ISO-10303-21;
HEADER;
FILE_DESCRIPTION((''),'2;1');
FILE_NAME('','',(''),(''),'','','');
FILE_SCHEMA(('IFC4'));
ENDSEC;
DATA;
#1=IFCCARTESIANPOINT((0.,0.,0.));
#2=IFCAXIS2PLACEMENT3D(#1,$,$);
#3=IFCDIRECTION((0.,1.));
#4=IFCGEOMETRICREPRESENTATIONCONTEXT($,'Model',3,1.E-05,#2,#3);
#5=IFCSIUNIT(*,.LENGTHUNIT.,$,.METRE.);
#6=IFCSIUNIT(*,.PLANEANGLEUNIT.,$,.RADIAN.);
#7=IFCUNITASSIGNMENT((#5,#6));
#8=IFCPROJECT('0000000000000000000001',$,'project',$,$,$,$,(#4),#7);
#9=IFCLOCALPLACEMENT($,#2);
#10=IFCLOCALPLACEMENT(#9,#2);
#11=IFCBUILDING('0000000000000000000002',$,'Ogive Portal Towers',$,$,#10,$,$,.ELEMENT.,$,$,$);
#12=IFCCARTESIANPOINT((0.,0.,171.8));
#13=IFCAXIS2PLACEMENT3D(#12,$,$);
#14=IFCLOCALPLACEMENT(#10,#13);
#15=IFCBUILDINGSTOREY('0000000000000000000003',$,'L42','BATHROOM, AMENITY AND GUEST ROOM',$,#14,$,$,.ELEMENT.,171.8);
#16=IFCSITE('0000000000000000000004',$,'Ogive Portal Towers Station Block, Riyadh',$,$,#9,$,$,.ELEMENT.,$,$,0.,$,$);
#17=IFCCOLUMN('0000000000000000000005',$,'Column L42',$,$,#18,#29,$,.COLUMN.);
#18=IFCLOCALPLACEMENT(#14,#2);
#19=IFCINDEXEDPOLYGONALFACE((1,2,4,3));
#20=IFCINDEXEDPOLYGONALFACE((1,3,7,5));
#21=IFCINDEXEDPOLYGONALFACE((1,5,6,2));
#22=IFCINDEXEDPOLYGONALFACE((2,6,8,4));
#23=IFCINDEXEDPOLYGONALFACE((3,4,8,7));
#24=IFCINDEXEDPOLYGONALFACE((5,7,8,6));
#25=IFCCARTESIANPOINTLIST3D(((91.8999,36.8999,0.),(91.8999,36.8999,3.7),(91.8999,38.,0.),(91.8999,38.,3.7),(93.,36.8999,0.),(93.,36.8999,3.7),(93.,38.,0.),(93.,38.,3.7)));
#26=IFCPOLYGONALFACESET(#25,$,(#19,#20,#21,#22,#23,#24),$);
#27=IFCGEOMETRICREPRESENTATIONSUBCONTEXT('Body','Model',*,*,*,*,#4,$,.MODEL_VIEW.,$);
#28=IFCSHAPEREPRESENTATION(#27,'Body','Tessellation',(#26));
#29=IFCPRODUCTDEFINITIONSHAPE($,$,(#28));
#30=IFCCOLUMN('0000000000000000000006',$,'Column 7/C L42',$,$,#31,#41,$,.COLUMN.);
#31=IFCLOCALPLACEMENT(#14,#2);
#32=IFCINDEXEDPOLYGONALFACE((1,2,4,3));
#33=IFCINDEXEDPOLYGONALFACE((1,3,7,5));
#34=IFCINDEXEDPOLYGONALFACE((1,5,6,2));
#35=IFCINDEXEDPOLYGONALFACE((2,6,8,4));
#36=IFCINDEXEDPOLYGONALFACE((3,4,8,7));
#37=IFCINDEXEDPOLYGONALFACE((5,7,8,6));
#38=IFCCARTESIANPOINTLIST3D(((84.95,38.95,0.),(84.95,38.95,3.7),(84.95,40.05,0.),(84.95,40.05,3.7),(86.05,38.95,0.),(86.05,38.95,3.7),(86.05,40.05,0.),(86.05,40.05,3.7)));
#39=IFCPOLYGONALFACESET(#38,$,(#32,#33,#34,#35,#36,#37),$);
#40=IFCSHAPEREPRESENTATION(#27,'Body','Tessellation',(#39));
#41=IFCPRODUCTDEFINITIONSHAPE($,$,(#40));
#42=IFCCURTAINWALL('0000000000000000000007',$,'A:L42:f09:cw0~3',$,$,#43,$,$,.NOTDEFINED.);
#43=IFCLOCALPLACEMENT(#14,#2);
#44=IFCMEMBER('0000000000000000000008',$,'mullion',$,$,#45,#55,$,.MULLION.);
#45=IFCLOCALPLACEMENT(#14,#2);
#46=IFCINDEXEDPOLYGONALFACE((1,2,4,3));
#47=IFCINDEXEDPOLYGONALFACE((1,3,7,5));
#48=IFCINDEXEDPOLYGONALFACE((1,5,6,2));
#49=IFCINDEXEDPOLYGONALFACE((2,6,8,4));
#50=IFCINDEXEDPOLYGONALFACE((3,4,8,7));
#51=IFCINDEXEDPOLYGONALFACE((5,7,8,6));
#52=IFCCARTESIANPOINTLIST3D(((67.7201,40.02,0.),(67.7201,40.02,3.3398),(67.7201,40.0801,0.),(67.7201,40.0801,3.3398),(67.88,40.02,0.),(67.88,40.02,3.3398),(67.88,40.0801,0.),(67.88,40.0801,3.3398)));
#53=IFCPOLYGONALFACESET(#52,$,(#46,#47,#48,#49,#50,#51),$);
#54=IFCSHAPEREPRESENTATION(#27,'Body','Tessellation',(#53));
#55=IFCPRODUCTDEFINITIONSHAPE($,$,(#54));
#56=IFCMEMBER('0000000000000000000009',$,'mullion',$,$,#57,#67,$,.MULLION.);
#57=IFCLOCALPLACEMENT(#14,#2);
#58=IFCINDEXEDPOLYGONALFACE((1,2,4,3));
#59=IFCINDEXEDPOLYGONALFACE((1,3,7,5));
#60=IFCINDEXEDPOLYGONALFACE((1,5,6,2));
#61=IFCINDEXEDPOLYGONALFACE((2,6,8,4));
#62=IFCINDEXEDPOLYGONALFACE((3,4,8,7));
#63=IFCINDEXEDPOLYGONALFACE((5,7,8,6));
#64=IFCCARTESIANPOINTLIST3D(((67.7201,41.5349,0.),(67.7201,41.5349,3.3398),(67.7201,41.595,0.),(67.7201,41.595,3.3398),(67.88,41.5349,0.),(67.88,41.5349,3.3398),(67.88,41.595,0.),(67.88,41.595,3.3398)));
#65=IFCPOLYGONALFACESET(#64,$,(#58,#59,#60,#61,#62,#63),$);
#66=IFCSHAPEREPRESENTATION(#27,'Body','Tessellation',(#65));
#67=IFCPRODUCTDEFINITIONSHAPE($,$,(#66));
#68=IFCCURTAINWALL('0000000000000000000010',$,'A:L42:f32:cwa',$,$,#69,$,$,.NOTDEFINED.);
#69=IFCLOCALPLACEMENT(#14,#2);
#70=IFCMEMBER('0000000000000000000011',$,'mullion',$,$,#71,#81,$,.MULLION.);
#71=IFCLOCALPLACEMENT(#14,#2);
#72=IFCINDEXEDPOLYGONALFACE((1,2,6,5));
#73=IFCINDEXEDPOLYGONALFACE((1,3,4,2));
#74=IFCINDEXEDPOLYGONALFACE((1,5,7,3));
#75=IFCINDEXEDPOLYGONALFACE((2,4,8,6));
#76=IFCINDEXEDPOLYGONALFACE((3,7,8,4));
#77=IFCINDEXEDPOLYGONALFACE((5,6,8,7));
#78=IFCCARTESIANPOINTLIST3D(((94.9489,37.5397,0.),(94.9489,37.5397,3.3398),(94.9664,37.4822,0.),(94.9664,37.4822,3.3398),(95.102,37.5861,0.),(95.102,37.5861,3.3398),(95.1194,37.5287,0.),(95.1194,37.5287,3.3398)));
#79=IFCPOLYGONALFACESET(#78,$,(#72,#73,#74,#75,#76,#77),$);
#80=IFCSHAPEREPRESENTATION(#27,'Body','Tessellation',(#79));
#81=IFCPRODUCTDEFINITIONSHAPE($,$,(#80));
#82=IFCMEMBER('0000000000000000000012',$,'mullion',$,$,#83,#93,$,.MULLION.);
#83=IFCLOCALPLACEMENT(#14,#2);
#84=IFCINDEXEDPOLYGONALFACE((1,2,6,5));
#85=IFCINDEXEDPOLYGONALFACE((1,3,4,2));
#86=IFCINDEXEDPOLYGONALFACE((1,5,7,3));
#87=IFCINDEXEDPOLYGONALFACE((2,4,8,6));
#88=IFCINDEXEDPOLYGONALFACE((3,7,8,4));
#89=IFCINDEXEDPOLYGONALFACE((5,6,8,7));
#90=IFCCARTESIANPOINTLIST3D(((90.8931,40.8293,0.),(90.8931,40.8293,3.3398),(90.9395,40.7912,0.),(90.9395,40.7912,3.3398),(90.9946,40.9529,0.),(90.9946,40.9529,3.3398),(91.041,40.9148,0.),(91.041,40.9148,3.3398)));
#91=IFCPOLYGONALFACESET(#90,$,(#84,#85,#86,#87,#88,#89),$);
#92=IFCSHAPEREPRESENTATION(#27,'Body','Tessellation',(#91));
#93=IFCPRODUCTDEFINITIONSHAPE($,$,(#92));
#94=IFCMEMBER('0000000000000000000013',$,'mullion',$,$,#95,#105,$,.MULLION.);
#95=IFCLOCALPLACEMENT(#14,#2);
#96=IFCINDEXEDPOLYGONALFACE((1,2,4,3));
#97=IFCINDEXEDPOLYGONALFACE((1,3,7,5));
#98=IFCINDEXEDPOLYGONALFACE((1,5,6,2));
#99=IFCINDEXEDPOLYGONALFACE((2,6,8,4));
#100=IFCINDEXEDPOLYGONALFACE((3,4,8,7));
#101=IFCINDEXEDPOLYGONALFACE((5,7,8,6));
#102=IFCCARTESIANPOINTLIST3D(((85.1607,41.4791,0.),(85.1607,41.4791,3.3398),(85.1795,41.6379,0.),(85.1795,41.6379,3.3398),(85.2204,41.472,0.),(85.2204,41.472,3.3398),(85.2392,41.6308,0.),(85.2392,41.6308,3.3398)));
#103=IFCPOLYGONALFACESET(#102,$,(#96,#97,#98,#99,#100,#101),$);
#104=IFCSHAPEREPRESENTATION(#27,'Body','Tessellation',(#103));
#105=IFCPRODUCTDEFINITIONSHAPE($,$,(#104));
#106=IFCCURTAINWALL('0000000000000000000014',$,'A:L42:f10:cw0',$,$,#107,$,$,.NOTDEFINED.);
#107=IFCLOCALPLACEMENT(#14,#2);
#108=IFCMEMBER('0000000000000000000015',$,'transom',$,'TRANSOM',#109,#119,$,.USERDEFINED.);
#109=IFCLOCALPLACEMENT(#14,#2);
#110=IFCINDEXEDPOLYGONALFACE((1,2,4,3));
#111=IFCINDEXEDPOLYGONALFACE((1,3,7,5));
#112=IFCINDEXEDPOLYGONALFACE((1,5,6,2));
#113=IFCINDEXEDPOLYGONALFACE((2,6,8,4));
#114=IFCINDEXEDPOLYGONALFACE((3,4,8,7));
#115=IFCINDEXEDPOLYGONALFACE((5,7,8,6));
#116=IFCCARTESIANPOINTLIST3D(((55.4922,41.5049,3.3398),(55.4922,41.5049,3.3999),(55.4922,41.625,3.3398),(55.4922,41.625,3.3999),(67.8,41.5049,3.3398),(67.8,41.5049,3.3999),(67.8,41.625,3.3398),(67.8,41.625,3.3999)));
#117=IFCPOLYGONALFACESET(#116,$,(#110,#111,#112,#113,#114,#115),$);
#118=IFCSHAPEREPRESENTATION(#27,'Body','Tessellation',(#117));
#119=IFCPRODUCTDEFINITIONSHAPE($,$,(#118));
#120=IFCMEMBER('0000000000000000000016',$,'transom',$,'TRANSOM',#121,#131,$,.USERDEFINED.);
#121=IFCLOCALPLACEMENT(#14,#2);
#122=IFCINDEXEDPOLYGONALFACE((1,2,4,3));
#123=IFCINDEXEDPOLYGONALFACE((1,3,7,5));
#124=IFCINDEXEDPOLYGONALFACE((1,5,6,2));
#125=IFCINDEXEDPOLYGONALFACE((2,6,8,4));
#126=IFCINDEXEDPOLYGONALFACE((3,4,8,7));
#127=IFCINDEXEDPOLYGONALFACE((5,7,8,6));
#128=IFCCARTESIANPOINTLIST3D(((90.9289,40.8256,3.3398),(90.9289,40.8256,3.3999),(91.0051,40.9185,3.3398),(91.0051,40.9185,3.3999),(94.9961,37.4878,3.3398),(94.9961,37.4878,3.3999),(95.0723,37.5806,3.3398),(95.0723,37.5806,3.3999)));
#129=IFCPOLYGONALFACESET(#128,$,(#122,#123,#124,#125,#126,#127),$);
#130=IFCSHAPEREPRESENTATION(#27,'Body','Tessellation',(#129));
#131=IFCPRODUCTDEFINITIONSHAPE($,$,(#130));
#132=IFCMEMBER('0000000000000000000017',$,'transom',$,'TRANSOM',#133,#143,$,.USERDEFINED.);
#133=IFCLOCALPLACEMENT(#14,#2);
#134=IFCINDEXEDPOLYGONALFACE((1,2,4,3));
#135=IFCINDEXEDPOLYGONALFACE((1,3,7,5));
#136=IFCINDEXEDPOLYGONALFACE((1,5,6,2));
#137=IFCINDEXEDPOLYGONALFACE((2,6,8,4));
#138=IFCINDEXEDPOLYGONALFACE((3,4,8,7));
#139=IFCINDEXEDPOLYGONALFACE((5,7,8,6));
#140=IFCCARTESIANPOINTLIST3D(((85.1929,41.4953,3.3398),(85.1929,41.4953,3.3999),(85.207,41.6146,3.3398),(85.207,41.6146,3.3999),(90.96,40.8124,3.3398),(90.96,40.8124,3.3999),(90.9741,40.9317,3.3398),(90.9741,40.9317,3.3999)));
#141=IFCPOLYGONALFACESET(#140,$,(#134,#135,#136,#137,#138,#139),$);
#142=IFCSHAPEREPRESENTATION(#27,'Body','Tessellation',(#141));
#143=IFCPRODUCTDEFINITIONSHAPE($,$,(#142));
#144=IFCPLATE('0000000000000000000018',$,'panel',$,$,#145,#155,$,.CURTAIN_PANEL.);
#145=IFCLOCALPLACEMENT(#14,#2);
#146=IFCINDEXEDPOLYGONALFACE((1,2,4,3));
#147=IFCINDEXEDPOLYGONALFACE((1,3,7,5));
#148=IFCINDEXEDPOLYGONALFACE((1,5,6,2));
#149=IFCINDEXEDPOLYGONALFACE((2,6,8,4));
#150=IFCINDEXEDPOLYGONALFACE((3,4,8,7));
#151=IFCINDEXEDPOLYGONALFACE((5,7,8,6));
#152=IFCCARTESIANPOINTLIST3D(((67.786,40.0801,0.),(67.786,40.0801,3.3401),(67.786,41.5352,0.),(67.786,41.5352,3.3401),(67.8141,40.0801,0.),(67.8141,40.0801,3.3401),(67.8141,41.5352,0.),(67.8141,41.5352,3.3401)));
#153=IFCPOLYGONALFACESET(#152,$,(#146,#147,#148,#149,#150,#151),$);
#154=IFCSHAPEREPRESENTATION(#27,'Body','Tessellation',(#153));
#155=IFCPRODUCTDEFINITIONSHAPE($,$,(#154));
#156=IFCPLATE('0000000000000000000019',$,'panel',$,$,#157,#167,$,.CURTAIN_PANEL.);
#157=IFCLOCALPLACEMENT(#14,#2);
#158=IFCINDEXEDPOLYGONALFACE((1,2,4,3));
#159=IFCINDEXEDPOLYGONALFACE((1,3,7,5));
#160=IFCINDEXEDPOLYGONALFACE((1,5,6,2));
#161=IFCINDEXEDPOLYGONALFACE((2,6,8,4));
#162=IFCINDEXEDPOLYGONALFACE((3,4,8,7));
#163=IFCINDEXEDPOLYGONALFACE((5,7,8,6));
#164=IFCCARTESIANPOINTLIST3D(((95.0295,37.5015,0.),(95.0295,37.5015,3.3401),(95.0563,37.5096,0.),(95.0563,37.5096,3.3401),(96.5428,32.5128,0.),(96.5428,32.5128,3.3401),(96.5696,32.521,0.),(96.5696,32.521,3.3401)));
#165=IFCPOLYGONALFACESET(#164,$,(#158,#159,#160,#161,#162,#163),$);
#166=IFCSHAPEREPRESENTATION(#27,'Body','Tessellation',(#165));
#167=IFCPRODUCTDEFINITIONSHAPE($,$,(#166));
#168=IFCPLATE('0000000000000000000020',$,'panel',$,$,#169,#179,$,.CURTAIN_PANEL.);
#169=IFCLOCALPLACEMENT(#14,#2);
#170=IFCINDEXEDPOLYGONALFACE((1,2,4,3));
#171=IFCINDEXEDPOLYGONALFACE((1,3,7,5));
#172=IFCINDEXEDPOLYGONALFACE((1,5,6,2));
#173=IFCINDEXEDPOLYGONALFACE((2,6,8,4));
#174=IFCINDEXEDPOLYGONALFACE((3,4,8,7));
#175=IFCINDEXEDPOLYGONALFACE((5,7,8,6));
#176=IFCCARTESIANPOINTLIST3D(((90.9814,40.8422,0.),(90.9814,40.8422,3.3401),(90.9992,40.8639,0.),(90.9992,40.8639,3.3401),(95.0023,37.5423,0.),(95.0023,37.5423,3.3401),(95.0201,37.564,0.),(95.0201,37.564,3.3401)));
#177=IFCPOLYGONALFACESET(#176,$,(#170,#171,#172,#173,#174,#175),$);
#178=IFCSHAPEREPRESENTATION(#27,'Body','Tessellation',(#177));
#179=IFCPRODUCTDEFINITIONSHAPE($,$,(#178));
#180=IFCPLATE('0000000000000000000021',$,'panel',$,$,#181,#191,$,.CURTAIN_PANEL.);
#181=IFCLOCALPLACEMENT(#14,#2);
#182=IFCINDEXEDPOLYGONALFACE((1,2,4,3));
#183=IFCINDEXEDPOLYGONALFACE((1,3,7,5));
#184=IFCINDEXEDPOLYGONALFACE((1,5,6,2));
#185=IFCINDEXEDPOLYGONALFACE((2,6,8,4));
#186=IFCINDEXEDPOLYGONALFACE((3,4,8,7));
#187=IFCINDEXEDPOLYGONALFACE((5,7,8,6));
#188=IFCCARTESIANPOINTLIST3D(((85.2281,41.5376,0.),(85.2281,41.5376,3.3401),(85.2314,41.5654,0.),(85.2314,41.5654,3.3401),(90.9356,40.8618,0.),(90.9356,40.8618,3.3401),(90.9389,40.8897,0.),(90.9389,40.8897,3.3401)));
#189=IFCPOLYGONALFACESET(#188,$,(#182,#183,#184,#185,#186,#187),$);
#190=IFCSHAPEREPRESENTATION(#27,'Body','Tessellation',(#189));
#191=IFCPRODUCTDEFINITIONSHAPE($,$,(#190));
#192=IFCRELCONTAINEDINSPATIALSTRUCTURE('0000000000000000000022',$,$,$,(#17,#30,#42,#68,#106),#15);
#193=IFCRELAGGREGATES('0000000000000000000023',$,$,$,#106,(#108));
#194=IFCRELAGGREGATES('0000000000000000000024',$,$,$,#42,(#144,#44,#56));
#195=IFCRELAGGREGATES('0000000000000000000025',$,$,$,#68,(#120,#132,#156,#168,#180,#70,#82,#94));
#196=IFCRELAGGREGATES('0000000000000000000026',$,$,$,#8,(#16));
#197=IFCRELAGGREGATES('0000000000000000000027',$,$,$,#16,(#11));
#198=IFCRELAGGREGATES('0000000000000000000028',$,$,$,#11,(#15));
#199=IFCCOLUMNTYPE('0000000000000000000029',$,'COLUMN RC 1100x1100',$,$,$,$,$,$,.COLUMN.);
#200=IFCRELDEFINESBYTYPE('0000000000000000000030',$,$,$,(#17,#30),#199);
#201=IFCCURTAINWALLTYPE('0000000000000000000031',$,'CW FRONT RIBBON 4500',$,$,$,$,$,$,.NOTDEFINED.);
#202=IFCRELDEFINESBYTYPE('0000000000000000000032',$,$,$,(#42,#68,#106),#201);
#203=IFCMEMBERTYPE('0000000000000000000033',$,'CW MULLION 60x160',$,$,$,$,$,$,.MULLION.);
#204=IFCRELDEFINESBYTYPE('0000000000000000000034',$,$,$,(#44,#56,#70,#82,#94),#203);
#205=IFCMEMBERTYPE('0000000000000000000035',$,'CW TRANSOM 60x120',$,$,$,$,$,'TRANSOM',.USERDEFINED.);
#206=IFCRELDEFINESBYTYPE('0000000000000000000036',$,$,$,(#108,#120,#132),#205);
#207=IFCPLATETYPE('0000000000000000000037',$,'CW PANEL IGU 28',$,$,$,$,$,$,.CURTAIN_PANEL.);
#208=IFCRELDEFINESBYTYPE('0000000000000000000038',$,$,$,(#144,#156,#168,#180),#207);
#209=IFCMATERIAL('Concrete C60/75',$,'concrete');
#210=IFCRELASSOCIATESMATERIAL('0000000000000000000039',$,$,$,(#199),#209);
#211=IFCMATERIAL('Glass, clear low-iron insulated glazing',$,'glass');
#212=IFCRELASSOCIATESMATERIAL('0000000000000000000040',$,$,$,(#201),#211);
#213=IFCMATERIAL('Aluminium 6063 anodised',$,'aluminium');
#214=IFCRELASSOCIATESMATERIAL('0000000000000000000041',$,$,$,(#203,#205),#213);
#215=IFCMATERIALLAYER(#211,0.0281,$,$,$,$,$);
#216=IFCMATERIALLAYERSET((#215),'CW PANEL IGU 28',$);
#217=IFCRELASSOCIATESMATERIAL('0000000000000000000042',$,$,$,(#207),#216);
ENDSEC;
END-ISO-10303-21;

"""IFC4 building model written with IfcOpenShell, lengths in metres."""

from ifc_helpers import new_model, si_unit, direction, frame, origin, origin_2d, place, context, subcontext, project, spatial, rectangle, extrude, material, layer, layer_set, material_profile, profile_set, type_object, element, aggregate, save


model = new_model("IFC4")

# Units and contexts
model_context = context("Model", 3, precision=1e-05, world=origin(), true_north=direction((0.0, 1.0)))
body_context = subcontext(model_context, "Body", "Model", "MODEL_VIEW")
ifc_project = project(units=[si_unit("LENGTHUNIT", "METRE"), si_unit("PLANEANGLEUNIT", "RADIAN")], contexts=[model_context])

# Site, building, storey
site_placement = place(None, origin())
site = spatial("IfcSite", under=ifc_project, at=site_placement, Name="Ogive Portal Towers Station Block, Riyadh", CompositionType="ELEMENT", RefElevation=0.0)
building_placement = place(site_placement, origin())
building = spatial("IfcBuilding", under=site, at=building_placement, Name="Ogive Portal Towers", CompositionType="ELEMENT")
storey_placement = place(building_placement, frame((0.0, 0.0, 171.8)))
storey = spatial("IfcBuildingStorey", under=building, at=storey_placement, Name="L42", Description="BATHROOM, AMENITY AND GUEST ROOM", CompositionType="ELEMENT", Elevation=171.8)

# Columns
ifc_material_1 = material(Name="Concrete C60/75", Category="concrete")
ifc_material_profile_1 = material_profile(ifc_material_1, rectangle(XDim=1.1001, YDim=1.1001, at=origin_2d()), Name="RC 1100x1100")
ifc_profile_set_1 = profile_set([ifc_material_profile_1], Name="Concrete C60/75")
column_type = type_object("IfcColumnType", Name="COLUMN RC 1100x1100", PredefinedType="COLUMN", material=ifc_profile_set_1)
for number, where, z_axis, x_axis, name in (
    (1, (92.45, 37.45, 0.0), (0.0, 0.0, 1.0), (1.0, 0.0, 0.0), "Column L42"),
    (2, (85.5, 39.5, 0.0), (0.0, 0.0, 1.0), (1.0, 0.0, 0.0), "Column 7/C L42"),
):
    element("IfcColumn", number, at=place(storey_placement, frame(where, z_axis=z_axis, x_axis=x_axis)), inside=storey, type_object=column_type, Name=name, PredefinedType="COLUMN", context=body_context, shape_type="SweptSolid", body=[
        extrude(rectangle(XDim=1.1001, YDim=1.1001, at=origin_2d()), origin(), (0.0, 0.0, 1.0), 3.7),
    ])

# Curtain walls, members
ifc_material_2 = material(Name="Glass, clear low-iron insulated glazing", Category="glass")
curtain_wall_type = type_object("IfcCurtainWallType", Name="CW FRONT RIBBON 4500", PredefinedType="NOTDEFINED", material=ifc_material_2)
curtain_wall_1_placement = place(storey_placement, origin())
curtain_wall_1 = element("IfcCurtainWall", 3, at=curtain_wall_1_placement, inside=storey, type_object=curtain_wall_type, Name="A:L42:f09:cw0~3", PredefinedType="NOTDEFINED")
ifc_material_3 = material(Name="Aluminium 6063 anodised", Category="aluminium")
ifc_material_profile_2 = material_profile(ifc_material_3, rectangle(XDim=0.1599, YDim=0.0601, at=origin_2d()), Name="AL 60x160")
ifc_profile_set_2 = profile_set([ifc_material_profile_2], Name="Aluminium 6063 anodised")
member_type_1 = type_object("IfcMemberType", Name="CW MULLION 60x160", PredefinedType="MULLION", material=ifc_profile_set_2)
member_1_placement = place(storey_placement, frame((67.8, 40.05, 0.0), z_axis=(0.0, 0.0, 1.0), x_axis=(-1.0, 0.0, 0.0)))
member_1 = element("IfcMember", 4, at=member_1_placement, type_object=member_type_1, Name="mullion", PredefinedType="MULLION", context=body_context, shape_type="SweptSolid", body=[
    extrude(rectangle(XDim=0.1599, YDim=0.0601, at=origin_2d()), origin(), (0.0, 0.0, 1.0), 3.3398),
])
member_2_placement = place(storey_placement, frame((67.8, 41.5649, 0.0), z_axis=(0.0, 0.0, 1.0), x_axis=(-1.0, 0.0, 0.0)))
member_2 = element("IfcMember", 5, at=member_2_placement, type_object=member_type_1, Name="mullion", PredefinedType="MULLION", context=body_context, shape_type="SweptSolid", body=[
    extrude(rectangle(XDim=0.1599, YDim=0.0601, at=origin_2d()), origin(), (0.0, 0.0, 1.0), 3.3398),
])
curtain_wall_2_placement = place(storey_placement, origin())
curtain_wall_2 = element("IfcCurtainWall", 6, at=curtain_wall_2_placement, inside=storey, type_object=curtain_wall_type, Name="A:L42:f32:cwa", PredefinedType="NOTDEFINED")
member_3_placement = place(storey_placement, frame((95.0342, 37.5342, 0.0), z_axis=(0.0, 0.0, 1.0), x_axis=(-0.95694, -0.290285, 0.0)))
member_3 = element("IfcMember", 7, at=member_3_placement, type_object=member_type_1, Name="mullion", PredefinedType="MULLION", context=body_context, shape_type="SweptSolid", body=[
    extrude(rectangle(XDim=0.1599, YDim=0.0601, at=origin_2d()), origin(), (0.0, 0.0, 1.0), 3.3398),
])
member_4_placement = place(storey_placement, frame((90.967, 40.8721, 0.0), z_axis=(0.0, 0.0, 1.0), x_axis=(-0.634393, -0.77301, 0.0)))
member_4 = element("IfcMember", 8, at=member_4_placement, type_object=member_type_1, Name="mullion", PredefinedType="MULLION", context=body_context, shape_type="SweptSolid", body=[
    extrude(rectangle(XDim=0.1599, YDim=0.0601, at=origin_2d()), origin(), (0.0, 0.0, 1.0), 3.3398),
])
member_5_placement = place(storey_placement, frame((85.2, 41.5549, 0.0), z_axis=(0.0, 0.0, 1.0), x_axis=(-0.117574, -0.993064, 0.0)))
member_5 = element("IfcMember", 9, at=member_5_placement, type_object=member_type_1, Name="mullion", PredefinedType="MULLION", context=body_context, shape_type="SweptSolid", body=[
    extrude(rectangle(XDim=0.1599, YDim=0.0601, at=origin_2d()), origin(), (0.0, 0.0, 1.0), 3.3398),
])

# Curtain wall, member
curtain_wall_3_placement = place(storey_placement, origin())
curtain_wall_3 = element("IfcCurtainWall", 10, at=curtain_wall_3_placement, inside=storey, type_object=curtain_wall_type, Name="A:L42:f10:cw0", PredefinedType="NOTDEFINED")
ifc_material_profile_3 = material_profile(ifc_material_3, rectangle(XDim=0.1201, YDim=0.0601, at=origin_2d()), Name="AL 120x60")
ifc_profile_set_3 = profile_set([ifc_material_profile_3], Name="Aluminium 6063 anodised")
member_type_2 = type_object("IfcMemberType", Name="CW TRANSOM 60x120", ElementType="TRANSOM", PredefinedType="USERDEFINED", material=ifc_profile_set_3)
member_6_placement = place(storey_placement, frame((67.8, 41.5649, 3.3699), z_axis=(-1.0, 0.0, 0.0), x_axis=(0.0, -1.0, 0.0)))
member_6 = element("IfcMember", 11, at=member_6_placement, type_object=member_type_2, Name="transom", ObjectType="TRANSOM", PredefinedType="USERDEFINED", context=body_context, shape_type="SweptSolid", body=[
    extrude(rectangle(XDim=0.1201, YDim=0.0601, at=origin_2d()), origin(), (0.0, 0.0, 1.0), 12.3079),
])
aggregate(curtain_wall_3, [member_6])

# Members
member_7_placement = place(storey_placement, frame((95.0342, 37.5342, 3.3699), z_axis=(-0.773003, 0.634402, 0.0), x_axis=(-0.634402, -0.773003, 0.0)))
member_7 = element("IfcMember", 12, at=member_7_placement, type_object=member_type_2, Name="transom", ObjectType="TRANSOM", PredefinedType="USERDEFINED", context=body_context, shape_type="SweptSolid", body=[
    extrude(rectangle(XDim=0.1201, YDim=0.0601, at=origin_2d()), origin(), (0.0, 0.0, 1.0), 5.2615),
])
member_8_placement = place(storey_placement, frame((90.967, 40.8721, 3.3699), z_axis=(-0.993063, 0.117585, 0.0), x_axis=(-0.117585, -0.993063, 0.0)))
member_8 = element("IfcMember", 13, at=member_8_placement, type_object=member_type_2, Name="transom", ObjectType="TRANSOM", PredefinedType="USERDEFINED", context=body_context, shape_type="SweptSolid", body=[
    extrude(rectangle(XDim=0.1201, YDim=0.0601, at=origin_2d()), origin(), (0.0, 0.0, 1.0), 5.8074),
])

# Plates
ifc_layer_1 = layer(ifc_material_2, 0.0281)
ifc_layer_set_1 = layer_set([ifc_layer_1], Name="CW PANEL IGU 28")
plate_type = type_object("IfcPlateType", Name="CW PANEL IGU 28", PredefinedType="CURTAIN_PANEL", material=ifc_layer_set_1)
plate_1_placement = place(storey_placement, frame((67.8, 40.8076, 0.0), z_axis=(0.0, 0.0, 1.0), x_axis=(0.0, 1.0, 0.0)))
plate_1 = element("IfcPlate", 14, at=plate_1_placement, type_object=plate_type, Name="panel", PredefinedType="CURTAIN_PANEL", context=body_context, shape_type="SweptSolid", body=[
    extrude(rectangle(XDim=1.4551, YDim=0.0281, at=origin_2d()), origin(), (0.0, 0.0, 1.0), 3.3401),
])
aggregate(curtain_wall_1, [plate_1, member_1, member_2])
plate_2_placement = place(storey_placement, frame((95.7996, 35.0112, 0.0), z_axis=(0.0, 0.0, 1.0), x_axis=(-0.290285, 0.95694, 0.0)))
plate_2 = element("IfcPlate", 15, at=plate_2_placement, type_object=plate_type, Name="panel", PredefinedType="CURTAIN_PANEL", context=body_context, shape_type="SweptSolid", body=[
    extrude(rectangle(XDim=5.2131, YDim=0.0281, at=origin_2d()), origin(), (0.0, 0.0, 1.0), 3.3401),
])
plate_3_placement = place(storey_placement, frame((93.0007, 39.2031, 0.0), z_axis=(0.0, 0.0, 1.0), x_axis=(-0.77301, 0.634393, 0.0)))
plate_3 = element("IfcPlate", 16, at=plate_3_placement, type_object=plate_type, Name="panel", PredefinedType="CURTAIN_PANEL", context=body_context, shape_type="SweptSolid", body=[
    extrude(rectangle(XDim=5.2017, YDim=0.0281, at=origin_2d()), origin(), (0.0, 0.0, 1.0), 3.3401),
])
plate_4_placement = place(storey_placement, frame((88.0835, 41.2136, 0.0), z_axis=(0.0, 0.0, 1.0), x_axis=(-0.993064, 0.117574, 0.0)))
plate_4 = element("IfcPlate", 17, at=plate_4_placement, type_object=plate_type, Name="panel", PredefinedType="CURTAIN_PANEL", context=body_context, shape_type="SweptSolid", body=[
    extrude(rectangle(XDim=5.7473, YDim=0.0281, at=origin_2d()), origin(), (0.0, 0.0, 1.0), 3.3401),
])
aggregate(curtain_wall_2, [member_7, member_8, plate_2, plate_3, plate_4, member_3, member_4, member_5])

save(model, "model.ifc")
